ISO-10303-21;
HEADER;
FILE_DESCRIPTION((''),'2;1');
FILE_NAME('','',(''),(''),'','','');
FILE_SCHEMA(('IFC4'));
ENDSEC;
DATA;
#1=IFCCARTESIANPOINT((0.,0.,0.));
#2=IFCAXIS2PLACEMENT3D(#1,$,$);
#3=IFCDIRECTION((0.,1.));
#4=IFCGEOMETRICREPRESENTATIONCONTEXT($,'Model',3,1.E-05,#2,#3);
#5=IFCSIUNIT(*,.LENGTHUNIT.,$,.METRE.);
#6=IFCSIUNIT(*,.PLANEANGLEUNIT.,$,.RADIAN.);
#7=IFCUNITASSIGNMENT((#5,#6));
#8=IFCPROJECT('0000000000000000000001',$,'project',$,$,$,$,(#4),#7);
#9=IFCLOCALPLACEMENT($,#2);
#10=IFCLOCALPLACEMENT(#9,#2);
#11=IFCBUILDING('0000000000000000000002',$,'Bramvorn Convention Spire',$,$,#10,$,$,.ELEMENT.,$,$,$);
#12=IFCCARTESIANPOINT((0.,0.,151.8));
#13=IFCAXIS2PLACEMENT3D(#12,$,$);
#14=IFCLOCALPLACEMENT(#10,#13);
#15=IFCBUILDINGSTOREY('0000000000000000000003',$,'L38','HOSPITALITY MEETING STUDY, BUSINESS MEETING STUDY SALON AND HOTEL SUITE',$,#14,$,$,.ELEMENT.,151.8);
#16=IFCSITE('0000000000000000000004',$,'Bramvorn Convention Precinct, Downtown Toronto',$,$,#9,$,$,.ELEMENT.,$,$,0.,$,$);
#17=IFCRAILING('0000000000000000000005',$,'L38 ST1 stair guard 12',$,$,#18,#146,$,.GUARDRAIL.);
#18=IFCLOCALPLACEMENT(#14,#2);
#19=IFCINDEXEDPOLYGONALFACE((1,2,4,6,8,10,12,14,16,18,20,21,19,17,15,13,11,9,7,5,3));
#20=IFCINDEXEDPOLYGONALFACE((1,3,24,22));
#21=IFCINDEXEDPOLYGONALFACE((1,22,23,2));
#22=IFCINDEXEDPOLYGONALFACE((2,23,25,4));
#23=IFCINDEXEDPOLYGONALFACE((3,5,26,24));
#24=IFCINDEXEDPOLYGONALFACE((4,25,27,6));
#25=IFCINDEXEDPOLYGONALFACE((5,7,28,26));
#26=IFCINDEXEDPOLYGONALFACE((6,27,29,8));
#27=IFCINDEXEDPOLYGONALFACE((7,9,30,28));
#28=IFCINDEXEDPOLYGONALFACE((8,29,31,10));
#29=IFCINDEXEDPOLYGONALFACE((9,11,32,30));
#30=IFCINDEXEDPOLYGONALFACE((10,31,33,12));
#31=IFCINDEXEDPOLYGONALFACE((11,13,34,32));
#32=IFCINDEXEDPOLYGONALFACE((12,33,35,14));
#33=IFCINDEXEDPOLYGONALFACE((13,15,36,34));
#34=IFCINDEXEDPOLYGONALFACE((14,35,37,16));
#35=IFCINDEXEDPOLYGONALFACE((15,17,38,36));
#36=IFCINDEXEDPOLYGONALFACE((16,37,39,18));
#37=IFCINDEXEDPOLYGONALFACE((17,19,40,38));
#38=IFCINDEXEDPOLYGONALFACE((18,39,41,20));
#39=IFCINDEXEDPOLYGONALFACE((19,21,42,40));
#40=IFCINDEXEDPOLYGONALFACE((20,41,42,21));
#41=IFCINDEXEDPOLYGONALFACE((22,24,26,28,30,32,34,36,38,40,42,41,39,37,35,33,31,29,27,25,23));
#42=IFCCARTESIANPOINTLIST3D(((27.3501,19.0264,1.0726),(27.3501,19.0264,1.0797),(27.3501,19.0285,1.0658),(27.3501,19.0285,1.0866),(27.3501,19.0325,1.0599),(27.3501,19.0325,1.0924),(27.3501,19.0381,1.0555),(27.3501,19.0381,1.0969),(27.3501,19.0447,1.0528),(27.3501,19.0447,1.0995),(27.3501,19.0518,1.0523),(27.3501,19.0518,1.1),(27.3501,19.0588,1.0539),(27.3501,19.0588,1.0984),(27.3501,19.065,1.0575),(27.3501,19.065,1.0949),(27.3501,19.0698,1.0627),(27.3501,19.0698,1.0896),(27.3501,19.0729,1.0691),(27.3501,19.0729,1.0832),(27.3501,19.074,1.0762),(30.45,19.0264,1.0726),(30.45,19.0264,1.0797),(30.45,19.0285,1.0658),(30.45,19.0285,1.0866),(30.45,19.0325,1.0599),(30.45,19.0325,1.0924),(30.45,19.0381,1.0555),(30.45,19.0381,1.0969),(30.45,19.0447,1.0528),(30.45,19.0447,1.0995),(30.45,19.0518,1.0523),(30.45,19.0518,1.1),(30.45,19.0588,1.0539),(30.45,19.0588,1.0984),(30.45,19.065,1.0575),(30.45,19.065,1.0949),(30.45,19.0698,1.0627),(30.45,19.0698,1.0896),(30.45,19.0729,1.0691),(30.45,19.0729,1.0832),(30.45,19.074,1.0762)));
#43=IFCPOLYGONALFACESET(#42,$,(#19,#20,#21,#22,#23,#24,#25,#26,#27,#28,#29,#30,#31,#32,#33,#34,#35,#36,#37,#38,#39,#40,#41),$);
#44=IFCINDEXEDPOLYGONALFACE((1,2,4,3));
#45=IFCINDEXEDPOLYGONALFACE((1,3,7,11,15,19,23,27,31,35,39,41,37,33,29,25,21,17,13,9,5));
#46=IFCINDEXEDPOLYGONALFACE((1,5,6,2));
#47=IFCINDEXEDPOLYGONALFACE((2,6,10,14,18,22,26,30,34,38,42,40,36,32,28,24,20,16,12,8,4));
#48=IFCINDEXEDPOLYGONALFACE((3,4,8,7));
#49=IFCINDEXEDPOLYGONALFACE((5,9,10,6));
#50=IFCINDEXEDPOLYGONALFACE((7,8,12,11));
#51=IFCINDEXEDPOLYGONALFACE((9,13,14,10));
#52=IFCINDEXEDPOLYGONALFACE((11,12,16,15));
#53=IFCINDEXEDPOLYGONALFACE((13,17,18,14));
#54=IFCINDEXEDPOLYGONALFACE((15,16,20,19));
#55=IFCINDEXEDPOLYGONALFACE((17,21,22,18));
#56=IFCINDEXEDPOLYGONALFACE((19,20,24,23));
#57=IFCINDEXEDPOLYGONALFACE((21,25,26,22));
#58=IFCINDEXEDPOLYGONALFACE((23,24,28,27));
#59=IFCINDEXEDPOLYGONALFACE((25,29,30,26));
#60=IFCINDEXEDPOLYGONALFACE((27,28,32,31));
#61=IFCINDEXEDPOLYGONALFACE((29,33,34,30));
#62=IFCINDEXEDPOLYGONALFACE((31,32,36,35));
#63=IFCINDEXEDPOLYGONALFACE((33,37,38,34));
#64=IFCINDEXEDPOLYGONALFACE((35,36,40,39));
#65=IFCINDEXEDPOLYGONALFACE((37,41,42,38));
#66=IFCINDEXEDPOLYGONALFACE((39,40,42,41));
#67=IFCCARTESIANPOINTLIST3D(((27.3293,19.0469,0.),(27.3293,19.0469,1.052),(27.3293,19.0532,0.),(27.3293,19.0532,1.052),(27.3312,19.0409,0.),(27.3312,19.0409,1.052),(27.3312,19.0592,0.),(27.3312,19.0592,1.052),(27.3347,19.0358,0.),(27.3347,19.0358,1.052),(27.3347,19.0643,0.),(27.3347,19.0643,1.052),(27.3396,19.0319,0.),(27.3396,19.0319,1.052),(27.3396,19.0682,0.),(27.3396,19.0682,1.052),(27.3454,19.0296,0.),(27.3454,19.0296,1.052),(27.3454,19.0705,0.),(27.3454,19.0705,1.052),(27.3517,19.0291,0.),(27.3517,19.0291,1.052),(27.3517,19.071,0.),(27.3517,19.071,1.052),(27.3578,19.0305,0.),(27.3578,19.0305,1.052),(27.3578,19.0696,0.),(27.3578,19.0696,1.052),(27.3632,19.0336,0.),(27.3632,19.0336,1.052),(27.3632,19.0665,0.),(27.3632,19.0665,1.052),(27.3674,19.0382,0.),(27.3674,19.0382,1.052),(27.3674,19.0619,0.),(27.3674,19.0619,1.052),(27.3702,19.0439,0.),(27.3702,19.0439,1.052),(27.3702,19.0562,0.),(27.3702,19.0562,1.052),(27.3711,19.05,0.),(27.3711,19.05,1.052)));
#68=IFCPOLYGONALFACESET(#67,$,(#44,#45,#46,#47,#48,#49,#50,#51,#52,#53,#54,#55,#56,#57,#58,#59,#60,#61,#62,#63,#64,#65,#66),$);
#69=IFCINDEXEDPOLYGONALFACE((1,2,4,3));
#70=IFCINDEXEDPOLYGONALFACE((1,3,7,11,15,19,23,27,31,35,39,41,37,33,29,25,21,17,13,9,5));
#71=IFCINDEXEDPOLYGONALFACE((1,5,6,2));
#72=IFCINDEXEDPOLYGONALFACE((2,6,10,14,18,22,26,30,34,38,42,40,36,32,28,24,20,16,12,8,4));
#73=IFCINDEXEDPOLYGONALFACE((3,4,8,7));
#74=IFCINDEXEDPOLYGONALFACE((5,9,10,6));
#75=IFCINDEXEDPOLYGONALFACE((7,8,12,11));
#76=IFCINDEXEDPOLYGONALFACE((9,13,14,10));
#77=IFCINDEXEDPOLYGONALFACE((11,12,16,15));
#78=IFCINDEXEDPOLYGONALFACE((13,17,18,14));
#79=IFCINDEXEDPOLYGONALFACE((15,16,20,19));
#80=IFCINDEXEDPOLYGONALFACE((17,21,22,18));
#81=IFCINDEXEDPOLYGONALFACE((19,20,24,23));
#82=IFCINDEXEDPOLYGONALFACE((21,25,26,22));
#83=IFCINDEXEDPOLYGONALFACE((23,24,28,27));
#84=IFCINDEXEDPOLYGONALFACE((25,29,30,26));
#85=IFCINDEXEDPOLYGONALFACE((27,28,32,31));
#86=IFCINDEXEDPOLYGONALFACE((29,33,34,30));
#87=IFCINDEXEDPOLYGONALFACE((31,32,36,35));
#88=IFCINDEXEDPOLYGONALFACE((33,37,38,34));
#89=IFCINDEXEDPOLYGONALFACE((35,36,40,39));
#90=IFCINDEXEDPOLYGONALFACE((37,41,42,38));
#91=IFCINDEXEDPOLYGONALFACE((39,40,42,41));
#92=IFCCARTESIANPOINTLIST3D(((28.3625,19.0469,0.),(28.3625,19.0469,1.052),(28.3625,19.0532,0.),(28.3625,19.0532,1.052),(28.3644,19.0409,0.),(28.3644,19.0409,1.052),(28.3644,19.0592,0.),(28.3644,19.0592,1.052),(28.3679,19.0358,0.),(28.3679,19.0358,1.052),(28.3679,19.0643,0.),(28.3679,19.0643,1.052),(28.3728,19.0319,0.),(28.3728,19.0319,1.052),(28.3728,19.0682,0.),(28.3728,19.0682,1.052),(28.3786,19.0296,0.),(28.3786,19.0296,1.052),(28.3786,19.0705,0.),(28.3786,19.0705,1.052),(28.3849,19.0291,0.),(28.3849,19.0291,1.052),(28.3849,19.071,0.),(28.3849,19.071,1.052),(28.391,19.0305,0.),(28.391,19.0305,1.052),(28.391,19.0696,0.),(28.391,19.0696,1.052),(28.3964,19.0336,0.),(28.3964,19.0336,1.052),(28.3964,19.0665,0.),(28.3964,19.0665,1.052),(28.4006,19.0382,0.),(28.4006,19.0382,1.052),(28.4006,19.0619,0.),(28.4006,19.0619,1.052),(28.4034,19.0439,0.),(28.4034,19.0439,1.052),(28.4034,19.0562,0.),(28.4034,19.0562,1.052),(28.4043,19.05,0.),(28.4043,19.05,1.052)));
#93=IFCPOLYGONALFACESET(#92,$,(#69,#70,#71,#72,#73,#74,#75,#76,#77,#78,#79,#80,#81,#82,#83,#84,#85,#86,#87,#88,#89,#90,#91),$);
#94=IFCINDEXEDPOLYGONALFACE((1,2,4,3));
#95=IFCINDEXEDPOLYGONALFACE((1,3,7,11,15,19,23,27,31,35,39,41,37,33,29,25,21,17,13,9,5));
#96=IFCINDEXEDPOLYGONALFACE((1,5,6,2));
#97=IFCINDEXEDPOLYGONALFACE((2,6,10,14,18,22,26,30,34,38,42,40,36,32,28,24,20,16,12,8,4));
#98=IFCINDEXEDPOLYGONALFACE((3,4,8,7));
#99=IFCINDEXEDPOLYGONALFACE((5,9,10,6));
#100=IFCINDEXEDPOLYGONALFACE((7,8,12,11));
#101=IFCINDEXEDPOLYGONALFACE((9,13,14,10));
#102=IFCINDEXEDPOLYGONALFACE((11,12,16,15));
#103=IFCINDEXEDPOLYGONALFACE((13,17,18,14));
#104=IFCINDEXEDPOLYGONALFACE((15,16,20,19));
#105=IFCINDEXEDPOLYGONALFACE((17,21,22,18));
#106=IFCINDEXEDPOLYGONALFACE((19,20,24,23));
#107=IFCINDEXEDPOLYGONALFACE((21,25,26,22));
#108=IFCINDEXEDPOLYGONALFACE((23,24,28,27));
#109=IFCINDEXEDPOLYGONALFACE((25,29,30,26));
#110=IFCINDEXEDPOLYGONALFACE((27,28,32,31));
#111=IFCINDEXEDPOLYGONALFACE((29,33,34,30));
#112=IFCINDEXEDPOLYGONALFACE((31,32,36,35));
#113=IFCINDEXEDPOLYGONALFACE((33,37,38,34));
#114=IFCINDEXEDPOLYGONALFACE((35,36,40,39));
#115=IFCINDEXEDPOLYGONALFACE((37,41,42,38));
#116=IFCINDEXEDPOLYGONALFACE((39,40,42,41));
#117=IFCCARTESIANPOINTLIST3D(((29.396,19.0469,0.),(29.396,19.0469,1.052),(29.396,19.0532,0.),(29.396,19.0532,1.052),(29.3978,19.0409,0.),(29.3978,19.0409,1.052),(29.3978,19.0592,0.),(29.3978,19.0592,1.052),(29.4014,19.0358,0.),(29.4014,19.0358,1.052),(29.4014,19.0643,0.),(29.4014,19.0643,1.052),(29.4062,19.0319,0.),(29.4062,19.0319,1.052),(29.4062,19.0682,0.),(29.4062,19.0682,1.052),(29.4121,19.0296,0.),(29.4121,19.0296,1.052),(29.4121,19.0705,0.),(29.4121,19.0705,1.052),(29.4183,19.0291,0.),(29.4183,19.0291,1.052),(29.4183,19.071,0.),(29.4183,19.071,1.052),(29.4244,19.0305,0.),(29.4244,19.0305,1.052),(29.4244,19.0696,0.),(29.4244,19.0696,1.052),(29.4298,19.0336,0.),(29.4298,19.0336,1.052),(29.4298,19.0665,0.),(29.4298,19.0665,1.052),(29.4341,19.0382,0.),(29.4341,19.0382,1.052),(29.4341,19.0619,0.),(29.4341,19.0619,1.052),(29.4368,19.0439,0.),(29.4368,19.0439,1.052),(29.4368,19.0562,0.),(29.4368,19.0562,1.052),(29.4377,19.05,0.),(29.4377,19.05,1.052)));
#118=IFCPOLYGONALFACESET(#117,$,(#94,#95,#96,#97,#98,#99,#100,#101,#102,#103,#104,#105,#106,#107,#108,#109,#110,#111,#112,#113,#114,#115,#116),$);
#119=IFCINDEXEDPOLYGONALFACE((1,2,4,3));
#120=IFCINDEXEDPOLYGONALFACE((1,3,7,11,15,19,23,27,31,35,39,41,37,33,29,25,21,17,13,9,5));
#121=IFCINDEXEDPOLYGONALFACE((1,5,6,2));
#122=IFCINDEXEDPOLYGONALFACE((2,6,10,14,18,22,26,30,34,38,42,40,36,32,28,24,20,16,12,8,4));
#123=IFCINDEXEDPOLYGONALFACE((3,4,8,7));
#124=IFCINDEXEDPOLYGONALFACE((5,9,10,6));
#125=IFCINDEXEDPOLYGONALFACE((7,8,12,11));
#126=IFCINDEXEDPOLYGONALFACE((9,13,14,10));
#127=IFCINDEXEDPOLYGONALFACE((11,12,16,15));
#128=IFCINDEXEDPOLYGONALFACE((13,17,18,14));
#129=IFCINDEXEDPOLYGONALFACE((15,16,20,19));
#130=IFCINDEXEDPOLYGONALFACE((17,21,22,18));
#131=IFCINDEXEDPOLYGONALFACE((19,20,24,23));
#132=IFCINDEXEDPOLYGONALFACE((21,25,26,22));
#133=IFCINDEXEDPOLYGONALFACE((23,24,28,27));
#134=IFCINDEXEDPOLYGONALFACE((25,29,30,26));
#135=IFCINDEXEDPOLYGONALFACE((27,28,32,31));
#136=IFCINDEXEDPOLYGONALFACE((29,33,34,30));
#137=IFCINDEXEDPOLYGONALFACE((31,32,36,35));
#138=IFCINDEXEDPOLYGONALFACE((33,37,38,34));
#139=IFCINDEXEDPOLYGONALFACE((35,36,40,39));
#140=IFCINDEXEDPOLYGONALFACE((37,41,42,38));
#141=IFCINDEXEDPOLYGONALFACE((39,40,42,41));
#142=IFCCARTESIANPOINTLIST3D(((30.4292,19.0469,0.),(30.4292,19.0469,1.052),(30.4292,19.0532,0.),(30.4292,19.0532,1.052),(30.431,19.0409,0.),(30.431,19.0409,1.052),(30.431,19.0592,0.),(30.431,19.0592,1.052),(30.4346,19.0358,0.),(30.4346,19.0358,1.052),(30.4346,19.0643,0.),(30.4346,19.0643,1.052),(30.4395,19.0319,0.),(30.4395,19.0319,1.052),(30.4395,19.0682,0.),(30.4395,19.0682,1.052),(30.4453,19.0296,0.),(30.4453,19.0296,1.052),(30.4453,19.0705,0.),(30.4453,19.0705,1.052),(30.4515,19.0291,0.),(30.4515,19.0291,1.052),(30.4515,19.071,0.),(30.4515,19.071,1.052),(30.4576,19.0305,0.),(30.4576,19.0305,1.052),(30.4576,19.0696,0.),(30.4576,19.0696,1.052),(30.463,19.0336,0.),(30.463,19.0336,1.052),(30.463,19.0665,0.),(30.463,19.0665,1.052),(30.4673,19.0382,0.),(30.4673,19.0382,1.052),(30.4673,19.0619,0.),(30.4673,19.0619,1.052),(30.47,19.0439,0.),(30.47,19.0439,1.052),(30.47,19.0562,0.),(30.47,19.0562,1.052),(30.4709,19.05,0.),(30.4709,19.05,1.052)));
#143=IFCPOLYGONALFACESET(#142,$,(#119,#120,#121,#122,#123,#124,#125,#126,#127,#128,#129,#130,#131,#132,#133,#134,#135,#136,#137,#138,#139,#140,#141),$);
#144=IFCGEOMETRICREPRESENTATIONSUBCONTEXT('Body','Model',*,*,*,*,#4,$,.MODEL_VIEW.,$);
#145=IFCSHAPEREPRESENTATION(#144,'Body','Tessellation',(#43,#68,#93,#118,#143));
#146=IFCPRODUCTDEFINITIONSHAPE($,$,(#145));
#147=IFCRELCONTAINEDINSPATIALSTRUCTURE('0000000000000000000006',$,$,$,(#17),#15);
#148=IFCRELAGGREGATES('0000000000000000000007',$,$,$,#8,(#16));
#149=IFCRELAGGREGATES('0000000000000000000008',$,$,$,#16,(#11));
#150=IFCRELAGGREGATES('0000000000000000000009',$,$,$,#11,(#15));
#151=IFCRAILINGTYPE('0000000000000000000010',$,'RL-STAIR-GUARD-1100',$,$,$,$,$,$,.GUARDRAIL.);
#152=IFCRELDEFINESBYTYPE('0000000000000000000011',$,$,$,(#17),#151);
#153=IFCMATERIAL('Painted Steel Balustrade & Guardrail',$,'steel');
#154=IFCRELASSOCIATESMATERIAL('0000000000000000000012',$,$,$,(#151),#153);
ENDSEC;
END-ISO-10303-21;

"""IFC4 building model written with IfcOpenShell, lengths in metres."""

from ifc_helpers import new_model, si_unit, direction, frame, origin, origin_2d, place, context, subcontext, project, spatial, circle, extrude, material, type_object, element, save


model = new_model("IFC4")

# Units and contexts
model_context = context("Model", 3, precision=1e-05, world=origin(), true_north=direction((0.0, 1.0)))
body_context = subcontext(model_context, "Body", "Model", "MODEL_VIEW")
ifc_project = project(units=[si_unit("LENGTHUNIT", "METRE"), si_unit("PLANEANGLEUNIT", "RADIAN")], contexts=[model_context])

# Site, building, storey
site_placement = place(None, origin())
site = spatial("IfcSite", under=ifc_project, at=site_placement, Name="Bramvorn Convention Precinct, Downtown Toronto", CompositionType="ELEMENT", RefElevation=0.0)
building_placement = place(site_placement, origin())
building = spatial("IfcBuilding", under=site, at=building_placement, Name="Bramvorn Convention Spire", CompositionType="ELEMENT")
storey_placement = place(building_placement, frame((0.0, 0.0, 151.8)))
storey = spatial("IfcBuildingStorey", under=building, at=storey_placement, Name="L38", Description="HOSPITALITY MEETING STUDY, BUSINESS MEETING STUDY SALON AND HOTEL SUITE", CompositionType="ELEMENT", Elevation=151.8)

# Railing
ifc_material_1 = material(Name="Painted Steel Balustrade & Guardrail", Category="steel")
railing_type = type_object("IfcRailingType", Name="RL-STAIR-GUARD-1100", PredefinedType="GUARDRAIL", material=ifc_material_1)
railing_1_placement = place(storey_placement, frame((27.3501, 19.05, 0.0)))
element("IfcRailing", 1, at=railing_1_placement, inside=storey, type_object=railing_type, Name="L38 ST1 stair guard 12", PredefinedType="GUARDRAIL", context=body_context, shape_type="SweptSolid", body=[
    extrude(circle(Radius=0.0239, at=origin_2d()), frame((0.0, 0.0, 1.0762), z_axis=(1.0, 0.0, 0.0), x_axis=(0.0, 1.0, 0.0)), (0.0, 0.0, 1.0), 3.0999),
    extrude(circle(Radius=0.021, at=origin_2d()), origin(), (0.0, 0.0, 1.0), 1.052),
    extrude(circle(Radius=0.021, at=origin_2d()), frame((1.0332, 0.0, 0.0)), (0.0, 0.0, 1.0), 1.052),
    extrude(circle(Radius=0.021, at=origin_2d()), frame((2.0667, 0.0, 0.0)), (0.0, 0.0, 1.0), 1.052),
    extrude(circle(Radius=0.021, at=origin_2d()), frame((3.0999, 0.0, 0.0)), (0.0, 0.0, 1.0), 1.052),
])

save(model, "model.ifc")
